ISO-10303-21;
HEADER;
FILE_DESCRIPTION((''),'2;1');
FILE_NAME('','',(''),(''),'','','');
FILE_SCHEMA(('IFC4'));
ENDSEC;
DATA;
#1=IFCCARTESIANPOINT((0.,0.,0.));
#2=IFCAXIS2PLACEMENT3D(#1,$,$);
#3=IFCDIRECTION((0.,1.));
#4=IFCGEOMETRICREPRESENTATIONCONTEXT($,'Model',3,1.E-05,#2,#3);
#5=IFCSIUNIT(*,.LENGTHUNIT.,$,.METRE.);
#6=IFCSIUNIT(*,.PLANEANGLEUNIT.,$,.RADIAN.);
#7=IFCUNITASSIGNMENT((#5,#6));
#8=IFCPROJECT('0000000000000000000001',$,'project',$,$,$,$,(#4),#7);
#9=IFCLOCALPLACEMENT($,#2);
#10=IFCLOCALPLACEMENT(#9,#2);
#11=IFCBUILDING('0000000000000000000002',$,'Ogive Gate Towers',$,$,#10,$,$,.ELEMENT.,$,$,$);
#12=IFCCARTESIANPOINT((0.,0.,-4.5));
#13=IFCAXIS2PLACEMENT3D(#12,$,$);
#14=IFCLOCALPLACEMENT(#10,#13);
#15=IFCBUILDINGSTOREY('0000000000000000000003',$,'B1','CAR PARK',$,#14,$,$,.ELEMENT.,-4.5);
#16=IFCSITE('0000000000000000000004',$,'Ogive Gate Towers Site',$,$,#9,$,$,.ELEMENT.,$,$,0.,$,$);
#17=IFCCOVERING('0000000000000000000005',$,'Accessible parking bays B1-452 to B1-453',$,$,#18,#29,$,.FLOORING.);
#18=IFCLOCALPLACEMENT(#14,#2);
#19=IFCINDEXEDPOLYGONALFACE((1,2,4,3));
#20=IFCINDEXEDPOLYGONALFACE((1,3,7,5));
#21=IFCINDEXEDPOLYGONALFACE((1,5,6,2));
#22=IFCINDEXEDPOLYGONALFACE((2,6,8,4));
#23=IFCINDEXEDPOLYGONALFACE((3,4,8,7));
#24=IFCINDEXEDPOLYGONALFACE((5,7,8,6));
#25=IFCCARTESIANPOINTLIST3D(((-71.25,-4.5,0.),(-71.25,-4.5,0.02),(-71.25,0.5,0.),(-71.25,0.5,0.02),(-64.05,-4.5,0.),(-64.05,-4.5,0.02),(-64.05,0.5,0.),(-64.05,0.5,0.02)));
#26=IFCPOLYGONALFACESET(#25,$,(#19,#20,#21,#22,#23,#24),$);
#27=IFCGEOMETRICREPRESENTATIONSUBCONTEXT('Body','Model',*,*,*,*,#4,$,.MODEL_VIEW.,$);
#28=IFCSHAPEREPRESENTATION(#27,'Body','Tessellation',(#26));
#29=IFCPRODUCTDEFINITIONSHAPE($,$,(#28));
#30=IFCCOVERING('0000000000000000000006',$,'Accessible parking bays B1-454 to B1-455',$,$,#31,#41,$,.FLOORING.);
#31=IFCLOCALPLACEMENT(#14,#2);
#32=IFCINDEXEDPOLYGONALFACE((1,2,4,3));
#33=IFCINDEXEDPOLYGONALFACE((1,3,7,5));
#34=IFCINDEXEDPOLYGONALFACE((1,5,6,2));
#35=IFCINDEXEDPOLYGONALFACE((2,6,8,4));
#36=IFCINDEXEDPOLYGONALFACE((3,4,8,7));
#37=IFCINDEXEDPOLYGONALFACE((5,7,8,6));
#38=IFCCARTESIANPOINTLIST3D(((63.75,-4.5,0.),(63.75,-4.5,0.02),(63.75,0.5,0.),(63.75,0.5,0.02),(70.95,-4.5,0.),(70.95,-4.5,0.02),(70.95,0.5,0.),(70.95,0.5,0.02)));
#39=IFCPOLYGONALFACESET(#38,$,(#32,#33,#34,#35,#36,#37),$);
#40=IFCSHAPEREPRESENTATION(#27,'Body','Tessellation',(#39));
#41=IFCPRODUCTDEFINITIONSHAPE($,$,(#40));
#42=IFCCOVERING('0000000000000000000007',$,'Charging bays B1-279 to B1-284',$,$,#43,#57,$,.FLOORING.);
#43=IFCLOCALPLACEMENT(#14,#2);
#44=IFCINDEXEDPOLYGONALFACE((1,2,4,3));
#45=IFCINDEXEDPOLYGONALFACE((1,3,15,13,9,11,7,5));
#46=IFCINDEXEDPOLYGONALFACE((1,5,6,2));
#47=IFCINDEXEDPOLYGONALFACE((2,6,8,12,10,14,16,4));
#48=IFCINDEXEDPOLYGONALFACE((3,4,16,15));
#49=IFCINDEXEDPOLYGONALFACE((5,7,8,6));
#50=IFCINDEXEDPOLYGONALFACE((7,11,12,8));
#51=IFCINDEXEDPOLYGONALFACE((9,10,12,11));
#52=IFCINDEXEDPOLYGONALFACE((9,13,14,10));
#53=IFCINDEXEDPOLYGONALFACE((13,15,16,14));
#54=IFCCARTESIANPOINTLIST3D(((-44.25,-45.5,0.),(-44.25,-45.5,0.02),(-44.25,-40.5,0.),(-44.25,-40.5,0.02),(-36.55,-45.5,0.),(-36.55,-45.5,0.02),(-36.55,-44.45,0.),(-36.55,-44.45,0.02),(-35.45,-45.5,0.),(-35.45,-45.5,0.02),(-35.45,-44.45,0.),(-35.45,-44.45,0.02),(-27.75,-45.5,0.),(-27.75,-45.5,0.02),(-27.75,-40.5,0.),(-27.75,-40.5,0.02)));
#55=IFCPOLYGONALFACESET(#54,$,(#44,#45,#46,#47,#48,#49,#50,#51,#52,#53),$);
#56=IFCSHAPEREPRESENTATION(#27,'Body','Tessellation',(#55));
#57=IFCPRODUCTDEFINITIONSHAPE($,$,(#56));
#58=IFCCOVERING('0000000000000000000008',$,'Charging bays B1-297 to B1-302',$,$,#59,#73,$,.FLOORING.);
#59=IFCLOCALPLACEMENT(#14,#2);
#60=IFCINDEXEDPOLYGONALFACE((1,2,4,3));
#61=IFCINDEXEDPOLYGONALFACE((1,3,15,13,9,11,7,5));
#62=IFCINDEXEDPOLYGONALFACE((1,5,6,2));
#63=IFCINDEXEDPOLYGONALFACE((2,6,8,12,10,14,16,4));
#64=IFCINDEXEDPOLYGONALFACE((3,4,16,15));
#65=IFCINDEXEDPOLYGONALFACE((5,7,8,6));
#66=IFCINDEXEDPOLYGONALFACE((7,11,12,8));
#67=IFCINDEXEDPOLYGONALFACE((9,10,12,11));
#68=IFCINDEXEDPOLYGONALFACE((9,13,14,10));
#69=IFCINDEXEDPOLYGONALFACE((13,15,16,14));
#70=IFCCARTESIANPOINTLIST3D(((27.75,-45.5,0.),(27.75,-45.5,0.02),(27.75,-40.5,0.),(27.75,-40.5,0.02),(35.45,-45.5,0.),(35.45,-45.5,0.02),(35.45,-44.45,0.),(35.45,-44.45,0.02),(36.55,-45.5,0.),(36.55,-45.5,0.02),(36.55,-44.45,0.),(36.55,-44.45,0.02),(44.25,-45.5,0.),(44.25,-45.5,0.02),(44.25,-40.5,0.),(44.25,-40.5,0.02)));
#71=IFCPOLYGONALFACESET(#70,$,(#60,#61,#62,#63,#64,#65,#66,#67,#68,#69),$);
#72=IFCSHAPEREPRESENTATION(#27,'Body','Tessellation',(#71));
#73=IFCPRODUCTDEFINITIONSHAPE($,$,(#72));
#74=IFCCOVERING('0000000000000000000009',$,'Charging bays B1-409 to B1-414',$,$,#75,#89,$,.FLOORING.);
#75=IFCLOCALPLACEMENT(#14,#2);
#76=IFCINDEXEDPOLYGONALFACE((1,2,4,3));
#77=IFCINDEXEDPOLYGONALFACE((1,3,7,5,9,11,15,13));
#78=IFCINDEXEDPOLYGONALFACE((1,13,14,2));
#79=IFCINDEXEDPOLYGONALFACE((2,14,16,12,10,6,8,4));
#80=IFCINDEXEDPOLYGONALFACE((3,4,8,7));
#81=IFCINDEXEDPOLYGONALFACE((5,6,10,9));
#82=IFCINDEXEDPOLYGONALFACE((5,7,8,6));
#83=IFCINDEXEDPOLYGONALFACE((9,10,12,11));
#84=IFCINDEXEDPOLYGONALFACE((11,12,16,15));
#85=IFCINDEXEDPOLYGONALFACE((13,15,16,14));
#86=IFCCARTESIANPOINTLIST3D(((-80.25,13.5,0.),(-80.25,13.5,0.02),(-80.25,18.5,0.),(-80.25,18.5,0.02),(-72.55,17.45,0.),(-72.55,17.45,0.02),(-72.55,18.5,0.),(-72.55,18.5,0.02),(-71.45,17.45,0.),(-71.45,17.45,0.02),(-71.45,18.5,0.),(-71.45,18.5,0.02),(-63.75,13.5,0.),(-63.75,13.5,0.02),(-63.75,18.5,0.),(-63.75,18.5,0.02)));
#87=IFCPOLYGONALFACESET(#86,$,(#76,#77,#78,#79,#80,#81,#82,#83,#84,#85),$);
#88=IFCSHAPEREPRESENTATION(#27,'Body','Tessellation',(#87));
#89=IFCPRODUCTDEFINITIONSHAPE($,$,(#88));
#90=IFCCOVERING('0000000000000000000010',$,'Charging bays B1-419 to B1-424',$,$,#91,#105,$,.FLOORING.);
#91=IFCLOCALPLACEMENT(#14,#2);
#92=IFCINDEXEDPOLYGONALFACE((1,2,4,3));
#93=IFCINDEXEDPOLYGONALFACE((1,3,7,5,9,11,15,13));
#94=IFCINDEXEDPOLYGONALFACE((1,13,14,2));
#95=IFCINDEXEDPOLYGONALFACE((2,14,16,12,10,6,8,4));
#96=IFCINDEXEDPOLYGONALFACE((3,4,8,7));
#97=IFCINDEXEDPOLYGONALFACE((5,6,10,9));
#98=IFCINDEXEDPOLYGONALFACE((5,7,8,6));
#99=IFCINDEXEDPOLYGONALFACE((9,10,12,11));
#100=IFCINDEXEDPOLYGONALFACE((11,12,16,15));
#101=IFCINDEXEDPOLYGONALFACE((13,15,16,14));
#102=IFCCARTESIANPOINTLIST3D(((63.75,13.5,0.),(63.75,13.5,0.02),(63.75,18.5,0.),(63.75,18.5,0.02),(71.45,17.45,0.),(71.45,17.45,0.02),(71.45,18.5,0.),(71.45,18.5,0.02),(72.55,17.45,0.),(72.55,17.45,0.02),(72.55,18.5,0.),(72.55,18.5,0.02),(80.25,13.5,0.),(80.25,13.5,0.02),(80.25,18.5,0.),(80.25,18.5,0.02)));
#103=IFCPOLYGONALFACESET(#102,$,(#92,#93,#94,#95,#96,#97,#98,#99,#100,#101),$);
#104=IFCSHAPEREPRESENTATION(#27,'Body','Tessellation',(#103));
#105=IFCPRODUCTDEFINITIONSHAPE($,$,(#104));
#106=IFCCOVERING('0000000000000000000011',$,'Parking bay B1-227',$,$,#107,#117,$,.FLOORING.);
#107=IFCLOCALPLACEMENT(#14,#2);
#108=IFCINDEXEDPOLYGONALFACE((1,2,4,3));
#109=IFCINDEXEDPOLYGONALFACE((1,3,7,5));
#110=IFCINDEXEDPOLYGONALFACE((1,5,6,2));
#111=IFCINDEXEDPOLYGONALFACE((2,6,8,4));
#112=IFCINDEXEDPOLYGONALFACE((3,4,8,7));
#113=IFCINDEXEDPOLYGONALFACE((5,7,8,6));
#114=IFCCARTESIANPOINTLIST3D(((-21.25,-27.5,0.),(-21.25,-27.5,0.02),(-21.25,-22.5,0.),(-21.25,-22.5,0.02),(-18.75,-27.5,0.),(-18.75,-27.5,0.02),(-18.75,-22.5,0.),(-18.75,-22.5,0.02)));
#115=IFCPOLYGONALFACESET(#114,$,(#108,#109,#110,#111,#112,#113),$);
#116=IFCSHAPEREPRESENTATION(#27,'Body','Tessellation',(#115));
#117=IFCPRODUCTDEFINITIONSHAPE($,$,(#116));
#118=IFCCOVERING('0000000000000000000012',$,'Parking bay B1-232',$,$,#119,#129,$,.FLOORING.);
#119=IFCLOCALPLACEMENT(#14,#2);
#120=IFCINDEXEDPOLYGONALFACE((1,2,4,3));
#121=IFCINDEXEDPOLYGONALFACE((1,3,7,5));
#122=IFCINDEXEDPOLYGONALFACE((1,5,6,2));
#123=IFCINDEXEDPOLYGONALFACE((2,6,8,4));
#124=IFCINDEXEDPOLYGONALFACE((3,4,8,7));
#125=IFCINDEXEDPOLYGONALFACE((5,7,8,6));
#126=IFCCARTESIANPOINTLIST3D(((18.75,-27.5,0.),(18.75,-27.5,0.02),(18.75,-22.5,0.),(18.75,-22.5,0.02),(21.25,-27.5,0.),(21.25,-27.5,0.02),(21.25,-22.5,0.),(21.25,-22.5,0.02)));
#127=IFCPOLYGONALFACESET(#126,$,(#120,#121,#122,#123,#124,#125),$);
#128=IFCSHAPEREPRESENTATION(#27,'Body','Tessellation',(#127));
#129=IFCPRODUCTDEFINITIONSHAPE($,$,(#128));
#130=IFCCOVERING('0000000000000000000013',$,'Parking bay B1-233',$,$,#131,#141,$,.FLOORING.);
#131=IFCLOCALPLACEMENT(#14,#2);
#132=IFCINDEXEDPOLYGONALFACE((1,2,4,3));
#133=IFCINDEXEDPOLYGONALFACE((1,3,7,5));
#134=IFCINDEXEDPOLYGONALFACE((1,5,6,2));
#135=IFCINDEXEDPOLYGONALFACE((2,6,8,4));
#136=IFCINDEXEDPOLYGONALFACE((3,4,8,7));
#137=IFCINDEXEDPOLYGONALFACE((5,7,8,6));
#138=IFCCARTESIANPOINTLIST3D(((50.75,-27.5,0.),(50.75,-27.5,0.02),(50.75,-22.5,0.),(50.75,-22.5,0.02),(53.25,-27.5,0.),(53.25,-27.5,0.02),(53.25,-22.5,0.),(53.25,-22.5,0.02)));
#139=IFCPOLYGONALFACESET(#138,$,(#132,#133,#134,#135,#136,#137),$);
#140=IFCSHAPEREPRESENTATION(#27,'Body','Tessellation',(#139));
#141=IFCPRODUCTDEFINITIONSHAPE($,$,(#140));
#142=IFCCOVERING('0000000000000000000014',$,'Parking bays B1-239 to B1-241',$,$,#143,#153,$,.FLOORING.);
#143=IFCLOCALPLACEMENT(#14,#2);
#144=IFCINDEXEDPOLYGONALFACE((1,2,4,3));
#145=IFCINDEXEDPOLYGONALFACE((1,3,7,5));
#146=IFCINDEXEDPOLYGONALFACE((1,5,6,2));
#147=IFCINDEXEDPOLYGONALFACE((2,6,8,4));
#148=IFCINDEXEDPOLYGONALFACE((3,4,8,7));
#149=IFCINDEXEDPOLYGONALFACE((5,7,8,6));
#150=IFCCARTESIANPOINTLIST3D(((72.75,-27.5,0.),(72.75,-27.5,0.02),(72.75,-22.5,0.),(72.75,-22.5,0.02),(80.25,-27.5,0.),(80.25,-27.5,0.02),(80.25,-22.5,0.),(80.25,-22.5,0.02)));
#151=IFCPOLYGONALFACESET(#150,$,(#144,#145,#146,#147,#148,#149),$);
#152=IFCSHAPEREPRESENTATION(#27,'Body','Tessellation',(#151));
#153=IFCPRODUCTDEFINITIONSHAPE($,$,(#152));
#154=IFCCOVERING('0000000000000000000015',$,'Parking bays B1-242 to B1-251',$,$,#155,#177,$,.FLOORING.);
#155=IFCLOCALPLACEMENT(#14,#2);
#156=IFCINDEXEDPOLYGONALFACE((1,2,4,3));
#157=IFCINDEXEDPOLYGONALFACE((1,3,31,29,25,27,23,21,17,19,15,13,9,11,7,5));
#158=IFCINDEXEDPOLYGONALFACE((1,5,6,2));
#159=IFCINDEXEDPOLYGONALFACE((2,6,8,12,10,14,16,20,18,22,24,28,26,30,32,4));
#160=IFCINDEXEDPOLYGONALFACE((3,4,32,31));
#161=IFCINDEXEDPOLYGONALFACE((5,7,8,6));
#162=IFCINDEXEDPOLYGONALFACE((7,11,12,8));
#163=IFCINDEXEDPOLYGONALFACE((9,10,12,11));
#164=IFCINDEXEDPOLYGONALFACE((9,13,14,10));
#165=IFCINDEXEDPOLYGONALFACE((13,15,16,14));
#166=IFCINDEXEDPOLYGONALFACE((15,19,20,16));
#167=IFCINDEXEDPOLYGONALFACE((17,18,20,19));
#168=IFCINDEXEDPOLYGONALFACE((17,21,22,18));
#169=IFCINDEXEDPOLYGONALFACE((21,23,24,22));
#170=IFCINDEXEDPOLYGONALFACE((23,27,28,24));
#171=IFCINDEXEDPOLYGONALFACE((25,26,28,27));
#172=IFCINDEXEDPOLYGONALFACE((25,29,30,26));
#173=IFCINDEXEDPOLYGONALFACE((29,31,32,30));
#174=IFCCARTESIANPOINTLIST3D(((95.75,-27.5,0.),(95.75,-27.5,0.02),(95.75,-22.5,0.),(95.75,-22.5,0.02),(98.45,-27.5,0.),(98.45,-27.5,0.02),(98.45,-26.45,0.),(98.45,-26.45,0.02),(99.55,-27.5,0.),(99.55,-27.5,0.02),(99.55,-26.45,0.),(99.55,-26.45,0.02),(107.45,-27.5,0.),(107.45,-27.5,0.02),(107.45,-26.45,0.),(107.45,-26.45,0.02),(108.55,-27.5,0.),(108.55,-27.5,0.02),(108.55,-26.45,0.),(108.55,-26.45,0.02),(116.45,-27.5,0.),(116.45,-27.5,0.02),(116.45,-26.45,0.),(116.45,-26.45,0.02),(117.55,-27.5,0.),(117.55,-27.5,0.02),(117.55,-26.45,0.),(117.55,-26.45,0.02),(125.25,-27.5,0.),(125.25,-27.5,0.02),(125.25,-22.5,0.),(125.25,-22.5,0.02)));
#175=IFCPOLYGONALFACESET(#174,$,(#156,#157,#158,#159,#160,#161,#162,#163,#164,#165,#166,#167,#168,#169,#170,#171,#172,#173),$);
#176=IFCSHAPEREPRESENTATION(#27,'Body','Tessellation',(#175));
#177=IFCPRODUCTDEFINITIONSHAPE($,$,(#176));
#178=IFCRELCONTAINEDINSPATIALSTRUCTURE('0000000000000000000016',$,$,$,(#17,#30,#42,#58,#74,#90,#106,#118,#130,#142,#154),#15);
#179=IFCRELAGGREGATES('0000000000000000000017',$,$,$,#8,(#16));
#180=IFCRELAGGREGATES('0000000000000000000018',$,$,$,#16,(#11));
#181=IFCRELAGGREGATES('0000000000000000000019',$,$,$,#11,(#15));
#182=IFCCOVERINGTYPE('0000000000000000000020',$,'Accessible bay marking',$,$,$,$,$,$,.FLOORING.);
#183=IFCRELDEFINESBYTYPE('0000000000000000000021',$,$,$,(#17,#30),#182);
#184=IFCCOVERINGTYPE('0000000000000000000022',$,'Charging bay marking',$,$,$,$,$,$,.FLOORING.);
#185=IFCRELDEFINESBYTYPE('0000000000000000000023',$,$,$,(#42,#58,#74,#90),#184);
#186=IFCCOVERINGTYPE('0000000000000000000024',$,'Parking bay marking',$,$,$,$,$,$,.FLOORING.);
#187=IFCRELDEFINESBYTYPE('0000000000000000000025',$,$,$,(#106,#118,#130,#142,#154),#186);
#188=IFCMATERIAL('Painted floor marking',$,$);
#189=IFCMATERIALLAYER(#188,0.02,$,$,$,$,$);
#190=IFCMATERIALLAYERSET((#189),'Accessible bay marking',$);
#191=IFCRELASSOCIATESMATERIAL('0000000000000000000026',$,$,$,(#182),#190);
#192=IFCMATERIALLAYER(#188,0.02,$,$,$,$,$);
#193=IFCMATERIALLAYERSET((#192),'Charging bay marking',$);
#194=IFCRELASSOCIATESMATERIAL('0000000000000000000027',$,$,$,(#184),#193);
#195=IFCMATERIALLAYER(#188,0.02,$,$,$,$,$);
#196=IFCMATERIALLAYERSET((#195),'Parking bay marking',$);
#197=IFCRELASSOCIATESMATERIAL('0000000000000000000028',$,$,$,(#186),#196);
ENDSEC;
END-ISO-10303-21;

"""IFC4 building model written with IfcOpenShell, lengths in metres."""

from ifc_helpers import new_model, si_unit, direction, frame, origin, place, context, subcontext, project, spatial, polyline, outline, extrude, material, layer, layer_set, type_object, element, save


model = new_model("IFC4")

# Units and contexts
model_context = context("Model", 3, precision=1e-05, world=origin(), true_north=direction((0.0, 1.0)))
body_context = subcontext(model_context, "Body", "Model", "MODEL_VIEW")
ifc_project = project(units=[si_unit("LENGTHUNIT", "METRE"), si_unit("PLANEANGLEUNIT", "RADIAN")], contexts=[model_context])

# Site, building, storey
site_placement = place(None, origin())
site = spatial("IfcSite", under=ifc_project, at=site_placement, Name="Ogive Gate Towers Site", CompositionType="ELEMENT", RefElevation=0.0)
building_placement = place(site_placement, origin())
building = spatial("IfcBuilding", under=site, at=building_placement, Name="Ogive Gate Towers", CompositionType="ELEMENT")
storey_placement = place(building_placement, frame((0.0, 0.0, -4.5)))
storey = spatial("IfcBuildingStorey", under=building, at=storey_placement, Name="B1", Description="CAR PARK", CompositionType="ELEMENT", Elevation=-4.5)

# Coverings
ifc_material = material(Name="Painted floor marking")
ifc_layer_1 = layer(ifc_material, 0.02)
ifc_layer_set_1 = layer_set([ifc_layer_1], Name="Accessible bay marking")
covering_type_1 = type_object("IfcCoveringType", Name="Accessible bay marking", PredefinedType="FLOORING", material=ifc_layer_set_1)
covering_1_placement = place(storey_placement, origin())
element("IfcCovering", 1, at=covering_1_placement, inside=storey, type_object=covering_type_1, Name="Accessible parking bays B1-452 to B1-453", PredefinedType="FLOORING", context=body_context, shape_type="SweptSolid", body=[
    extrude(outline(polyline([(-64.05, 0.5), (-64.05, -4.5), (-71.25, -4.5), (-71.25, 0.5), (-64.05, 0.5)])), origin(), (0.0, 0.0, 1.0), 0.02),
])
covering_2_placement = place(storey_placement, origin())
element("IfcCovering", 2, at=covering_2_placement, inside=storey, type_object=covering_type_1, Name="Accessible parking bays B1-454 to B1-455", PredefinedType="FLOORING", context=body_context, shape_type="SweptSolid", body=[
    extrude(outline(polyline([(70.95, 0.5), (70.95, -4.5), (63.75, -4.5), (63.75, 0.5), (70.95, 0.5)])), origin(), (0.0, 0.0, 1.0), 0.02),
])
ifc_layer_2 = layer(ifc_material, 0.02)
ifc_layer_set_2 = layer_set([ifc_layer_2], Name="Charging bay marking")
covering_type_2 = type_object("IfcCoveringType", Name="Charging bay marking", PredefinedType="FLOORING", material=ifc_layer_set_2)
covering_3_placement = place(storey_placement, origin())
element("IfcCovering", 3, at=covering_3_placement, inside=storey, type_object=covering_type_2, Name="Charging bays B1-279 to B1-284", PredefinedType="FLOORING", context=body_context, shape_type="SweptSolid", body=[
    extrude(outline(polyline([(-44.25, -40.5), (-27.75, -40.5), (-27.75, -45.5), (-35.45, -45.5), (-35.45, -44.45), (-36.55, -44.45), (-36.55, -45.5), (-44.25, -45.5), (-44.25, -40.5)])), origin(), (0.0, 0.0, 1.0), 0.02),
])
covering_4_placement = place(storey_placement, origin())
element("IfcCovering", 4, at=covering_4_placement, inside=storey, type_object=covering_type_2, Name="Charging bays B1-297 to B1-302", PredefinedType="FLOORING", context=body_context, shape_type="SweptSolid", body=[
    extrude(outline(polyline([(27.75, -40.5), (44.25, -40.5), (44.25, -45.5), (36.55, -45.5), (36.55, -44.45), (35.45, -44.45), (35.45, -45.5), (27.75, -45.5), (27.75, -40.5)])), origin(), (0.0, 0.0, 1.0), 0.02),
])
covering_5_placement = place(storey_placement, origin())
element("IfcCovering", 5, at=covering_5_placement, inside=storey, type_object=covering_type_2, Name="Charging bays B1-409 to B1-414", PredefinedType="FLOORING", context=body_context, shape_type="SweptSolid", body=[
    extrude(outline(polyline([(-80.25, 18.5), (-72.55, 18.5), (-72.55, 17.45), (-71.45, 17.45), (-71.45, 18.5), (-63.75, 18.5), (-63.75, 13.5), (-80.25, 13.5), (-80.25, 18.5)])), origin(), (0.0, 0.0, 1.0), 0.02),
])
covering_6_placement = place(storey_placement, origin())
element("IfcCovering", 6, at=covering_6_placement, inside=storey, type_object=covering_type_2, Name="Charging bays B1-419 to B1-424", PredefinedType="FLOORING", context=body_context, shape_type="SweptSolid", body=[
    extrude(outline(polyline([(63.75, 18.5), (71.45, 18.5), (71.45, 17.45), (72.55, 17.45), (72.55, 18.5), (80.25, 18.5), (80.25, 13.5), (63.75, 13.5), (63.75, 18.5)])), origin(), (0.0, 0.0, 1.0), 0.02),
])
ifc_layer_3 = layer(ifc_material, 0.02)
ifc_layer_set_3 = layer_set([ifc_layer_3], Name="Parking bay marking")
covering_type_3 = type_object("IfcCoveringType", Name="Parking bay marking", PredefinedType="FLOORING", material=ifc_layer_set_3)
covering_7_placement = place(storey_placement, origin())
element("IfcCovering", 7, at=covering_7_placement, inside=storey, type_object=covering_type_3, Name="Parking bay B1-227", PredefinedType="FLOORING", context=body_context, shape_type="SweptSolid", body=[
    extrude(outline(polyline([(-21.25, -22.5), (-18.75, -22.5), (-18.75, -27.5), (-21.25, -27.5), (-21.25, -22.5)])), origin(), (0.0, 0.0, 1.0), 0.02),
])
covering_8_placement = place(storey_placement, origin())
element("IfcCovering", 8, at=covering_8_placement, inside=storey, type_object=covering_type_3, Name="Parking bay B1-232", PredefinedType="FLOORING", context=body_context, shape_type="SweptSolid", body=[
    extrude(outline(polyline([(18.75, -22.5), (21.25, -22.5), (21.25, -27.5), (18.75, -27.5), (18.75, -22.5)])), origin(), (0.0, 0.0, 1.0), 0.02),
])
covering_9_placement = place(storey_placement, origin())
element("IfcCovering", 9, at=covering_9_placement, inside=storey, type_object=covering_type_3, Name="Parking bay B1-233", PredefinedType="FLOORING", context=body_context, shape_type="SweptSolid", body=[
    extrude(outline(polyline([(50.75, -22.5), (53.25, -22.5), (53.25, -27.5), (50.75, -27.5), (50.75, -22.5)])), origin(), (0.0, 0.0, 1.0), 0.02),
])
covering_10_placement = place(storey_placement, origin())
element("IfcCovering", 10, at=covering_10_placement, inside=storey, type_object=covering_type_3, Name="Parking bays B1-239 to B1-241", PredefinedType="FLOORING", context=body_context, shape_type="SweptSolid", body=[
    extrude(outline(polyline([(80.25, -27.5), (72.75, -27.5), (72.75, -22.5), (80.25, -22.5), (80.25, -27.5)])), origin(), (0.0, 0.0, 1.0), 0.02),
])
covering_11_placement = place(storey_placement, origin())
element("IfcCovering", 11, at=covering_11_placement, inside=storey, type_object=covering_type_3, Name="Parking bays B1-242 to B1-251", PredefinedType="FLOORING", context=body_context, shape_type="SweptSolid", body=[
    extrude(outline(polyline([(95.75, -22.5), (125.25, -22.5), (125.25, -27.5), (117.55, -27.5), (117.55, -26.45), (116.45, -26.45), (116.45, -27.5), (108.55, -27.5), (108.55, -26.45), (107.45, -26.45), (107.45, -27.5), (99.55, -27.5), (99.55, -26.45), (98.45, -26.45), (98.45, -27.5), (95.75, -27.5), (95.75, -22.5)])), origin(), (0.0, 0.0, 1.0), 0.02),
])

save(model, "model.ifc")
